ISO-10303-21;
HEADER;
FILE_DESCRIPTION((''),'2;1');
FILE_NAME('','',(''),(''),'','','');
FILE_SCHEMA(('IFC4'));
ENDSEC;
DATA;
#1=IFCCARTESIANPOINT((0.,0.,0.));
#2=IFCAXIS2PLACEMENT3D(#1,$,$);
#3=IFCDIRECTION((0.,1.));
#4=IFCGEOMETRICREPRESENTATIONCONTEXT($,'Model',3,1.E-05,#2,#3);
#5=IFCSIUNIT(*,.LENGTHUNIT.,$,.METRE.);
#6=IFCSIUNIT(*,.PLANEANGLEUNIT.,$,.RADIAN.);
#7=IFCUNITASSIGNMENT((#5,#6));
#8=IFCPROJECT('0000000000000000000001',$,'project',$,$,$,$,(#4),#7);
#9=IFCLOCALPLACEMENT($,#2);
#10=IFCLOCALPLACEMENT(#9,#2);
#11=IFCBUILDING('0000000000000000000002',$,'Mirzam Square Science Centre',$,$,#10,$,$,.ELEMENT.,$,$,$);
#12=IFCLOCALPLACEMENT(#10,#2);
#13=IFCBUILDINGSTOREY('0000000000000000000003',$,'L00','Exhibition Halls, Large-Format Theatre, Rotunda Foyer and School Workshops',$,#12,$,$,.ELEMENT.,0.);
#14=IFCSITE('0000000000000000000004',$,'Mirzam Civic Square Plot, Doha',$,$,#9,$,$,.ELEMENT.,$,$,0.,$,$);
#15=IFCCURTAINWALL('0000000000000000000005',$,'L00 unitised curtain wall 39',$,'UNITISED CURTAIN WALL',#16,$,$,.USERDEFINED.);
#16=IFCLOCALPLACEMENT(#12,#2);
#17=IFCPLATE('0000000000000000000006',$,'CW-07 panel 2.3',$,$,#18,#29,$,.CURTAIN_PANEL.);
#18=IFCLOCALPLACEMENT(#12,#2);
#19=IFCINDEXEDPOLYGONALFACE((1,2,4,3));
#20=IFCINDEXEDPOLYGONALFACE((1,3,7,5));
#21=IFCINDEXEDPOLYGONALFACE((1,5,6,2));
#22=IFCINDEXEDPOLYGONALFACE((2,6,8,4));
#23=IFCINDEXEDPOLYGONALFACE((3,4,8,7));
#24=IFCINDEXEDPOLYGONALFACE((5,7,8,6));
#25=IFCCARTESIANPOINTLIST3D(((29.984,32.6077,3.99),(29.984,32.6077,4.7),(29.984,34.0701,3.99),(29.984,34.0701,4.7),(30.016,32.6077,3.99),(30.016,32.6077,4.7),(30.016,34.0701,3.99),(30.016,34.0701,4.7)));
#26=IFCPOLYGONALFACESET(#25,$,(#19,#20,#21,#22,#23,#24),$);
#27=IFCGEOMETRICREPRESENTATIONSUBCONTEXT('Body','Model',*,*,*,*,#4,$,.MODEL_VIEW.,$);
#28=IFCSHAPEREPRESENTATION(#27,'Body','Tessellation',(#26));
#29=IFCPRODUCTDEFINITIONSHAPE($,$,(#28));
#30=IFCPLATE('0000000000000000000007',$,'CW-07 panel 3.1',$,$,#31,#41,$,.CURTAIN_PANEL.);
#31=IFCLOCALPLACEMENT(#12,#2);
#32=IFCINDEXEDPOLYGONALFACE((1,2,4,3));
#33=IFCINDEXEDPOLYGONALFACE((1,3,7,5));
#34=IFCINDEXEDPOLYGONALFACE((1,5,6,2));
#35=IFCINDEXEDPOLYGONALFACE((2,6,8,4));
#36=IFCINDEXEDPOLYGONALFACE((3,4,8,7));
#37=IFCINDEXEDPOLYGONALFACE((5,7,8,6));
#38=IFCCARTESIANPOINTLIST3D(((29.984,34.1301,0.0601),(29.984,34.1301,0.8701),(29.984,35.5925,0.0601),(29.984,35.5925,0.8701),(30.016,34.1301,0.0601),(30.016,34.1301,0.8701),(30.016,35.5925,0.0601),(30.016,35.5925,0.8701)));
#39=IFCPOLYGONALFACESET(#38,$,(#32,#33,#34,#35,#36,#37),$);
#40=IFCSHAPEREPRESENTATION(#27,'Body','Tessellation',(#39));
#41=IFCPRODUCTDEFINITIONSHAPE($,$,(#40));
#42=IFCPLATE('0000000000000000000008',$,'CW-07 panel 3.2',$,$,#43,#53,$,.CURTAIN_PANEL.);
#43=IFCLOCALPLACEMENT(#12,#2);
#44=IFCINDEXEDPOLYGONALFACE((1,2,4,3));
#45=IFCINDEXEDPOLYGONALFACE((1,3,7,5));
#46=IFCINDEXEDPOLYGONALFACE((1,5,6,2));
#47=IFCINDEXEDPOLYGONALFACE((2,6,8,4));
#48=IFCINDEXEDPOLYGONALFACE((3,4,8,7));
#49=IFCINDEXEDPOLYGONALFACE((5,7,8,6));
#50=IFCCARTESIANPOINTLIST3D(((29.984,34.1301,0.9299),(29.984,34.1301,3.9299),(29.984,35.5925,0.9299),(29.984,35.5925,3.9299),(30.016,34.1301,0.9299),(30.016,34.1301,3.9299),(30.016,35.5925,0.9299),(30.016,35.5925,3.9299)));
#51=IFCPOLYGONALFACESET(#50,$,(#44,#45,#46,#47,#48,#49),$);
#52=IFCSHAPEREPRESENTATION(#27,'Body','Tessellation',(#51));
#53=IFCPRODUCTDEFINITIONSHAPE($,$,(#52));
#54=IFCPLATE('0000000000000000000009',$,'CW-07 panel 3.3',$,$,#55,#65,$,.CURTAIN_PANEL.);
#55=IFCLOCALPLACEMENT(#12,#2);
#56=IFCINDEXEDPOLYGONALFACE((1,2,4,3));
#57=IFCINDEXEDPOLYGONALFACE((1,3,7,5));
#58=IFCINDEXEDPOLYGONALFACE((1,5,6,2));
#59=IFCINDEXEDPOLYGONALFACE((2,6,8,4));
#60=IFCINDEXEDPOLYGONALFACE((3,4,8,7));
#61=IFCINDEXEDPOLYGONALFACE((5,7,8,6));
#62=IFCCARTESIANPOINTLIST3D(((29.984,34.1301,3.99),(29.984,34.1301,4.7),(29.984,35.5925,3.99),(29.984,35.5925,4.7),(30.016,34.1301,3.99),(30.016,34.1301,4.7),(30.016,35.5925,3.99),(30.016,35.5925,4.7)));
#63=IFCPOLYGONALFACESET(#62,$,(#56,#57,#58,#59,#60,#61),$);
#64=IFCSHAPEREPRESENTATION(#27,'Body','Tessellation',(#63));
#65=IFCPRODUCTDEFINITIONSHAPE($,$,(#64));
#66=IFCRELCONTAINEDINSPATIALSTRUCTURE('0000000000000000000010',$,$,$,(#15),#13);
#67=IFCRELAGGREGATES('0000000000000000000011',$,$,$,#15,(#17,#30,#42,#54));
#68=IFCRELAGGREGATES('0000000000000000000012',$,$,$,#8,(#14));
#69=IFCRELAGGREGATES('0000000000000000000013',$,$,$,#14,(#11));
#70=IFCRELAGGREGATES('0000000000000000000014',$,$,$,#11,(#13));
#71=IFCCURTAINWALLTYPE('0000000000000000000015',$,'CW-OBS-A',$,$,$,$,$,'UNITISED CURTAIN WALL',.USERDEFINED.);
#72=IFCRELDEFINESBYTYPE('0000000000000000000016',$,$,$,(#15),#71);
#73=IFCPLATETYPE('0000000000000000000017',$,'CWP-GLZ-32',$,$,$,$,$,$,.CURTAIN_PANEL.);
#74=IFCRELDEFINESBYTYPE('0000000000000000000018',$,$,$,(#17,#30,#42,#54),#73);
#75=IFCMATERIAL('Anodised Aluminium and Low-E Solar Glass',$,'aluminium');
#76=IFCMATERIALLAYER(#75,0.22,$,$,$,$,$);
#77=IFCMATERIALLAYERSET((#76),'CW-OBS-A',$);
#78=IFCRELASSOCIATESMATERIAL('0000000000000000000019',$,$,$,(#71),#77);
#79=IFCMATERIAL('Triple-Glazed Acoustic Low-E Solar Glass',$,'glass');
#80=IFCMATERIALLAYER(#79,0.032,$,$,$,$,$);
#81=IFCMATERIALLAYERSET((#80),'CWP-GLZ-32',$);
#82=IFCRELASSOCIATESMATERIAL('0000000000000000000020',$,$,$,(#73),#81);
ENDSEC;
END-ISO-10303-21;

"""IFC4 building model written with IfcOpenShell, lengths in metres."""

from ifc_helpers import new_model, si_unit, direction, frame, origin, origin_2d, place, context, subcontext, project, spatial, rectangle, extrude, material, layer, layer_set, type_object, element, aggregate, save


model = new_model("IFC4")

# Units and contexts
model_context = context("Model", 3, precision=1e-05, world=origin(), true_north=direction((0.0, 1.0)))
body_context = subcontext(model_context, "Body", "Model", "MODEL_VIEW")
ifc_project = project(units=[si_unit("LENGTHUNIT", "METRE"), si_unit("PLANEANGLEUNIT", "RADIAN")], contexts=[model_context])

# Site, building, storey
site_placement = place(None, origin())
site = spatial("IfcSite", under=ifc_project, at=site_placement, Name="Mirzam Civic Square Plot, Doha", CompositionType="ELEMENT", RefElevation=0.0)
building_placement = place(site_placement, origin())
building = spatial("IfcBuilding", under=site, at=building_placement, Name="Mirzam Square Science Centre", CompositionType="ELEMENT")
storey_placement = place(building_placement, origin())
storey = spatial("IfcBuildingStorey", under=building, at=storey_placement, Name="L00", Description="Exhibition Halls, Large-Format Theatre, Rotunda Foyer and School Workshops", CompositionType="ELEMENT", Elevation=0.0)

# Curtain wall
ifc_material_1 = material(Name="Anodised Aluminium and Low-E Solar Glass", Category="aluminium")
ifc_layer_1 = layer(ifc_material_1, 0.22)
ifc_layer_set_1 = layer_set([ifc_layer_1], Name="CW-OBS-A")
curtain_wall_type = type_object("IfcCurtainWallType", Name="CW-OBS-A", ElementType="UNITISED CURTAIN WALL", PredefinedType="USERDEFINED", material=ifc_layer_set_1)
curtain_wall_placement = place(storey_placement, origin())
curtain_wall = element("IfcCurtainWall", 1, at=curtain_wall_placement, inside=storey, type_object=curtain_wall_type, Name="L00 unitised curtain wall 39", ObjectType="UNITISED CURTAIN WALL", PredefinedType="USERDEFINED")

# Plates
ifc_material_2 = material(Name="Triple-Glazed Acoustic Low-E Solar Glass", Category="glass")
ifc_layer_2 = layer(ifc_material_2, 0.032)
ifc_layer_set_2 = layer_set([ifc_layer_2], Name="CWP-GLZ-32")
plate_type = type_object("IfcPlateType", Name="CWP-GLZ-32", PredefinedType="CURTAIN_PANEL", material=ifc_layer_set_2)
plate_1_placement = place(storey_placement, frame((30.0, 33.3389, 3.99), z_axis=(0.0, 0.0, 1.0), x_axis=(0.0, 1.0, 0.0)))
plate_1 = element("IfcPlate", 2, at=plate_1_placement, type_object=plate_type, Name="CW-07 panel 2.3", PredefinedType="CURTAIN_PANEL", context=body_context, shape_type="SweptSolid", body=[
    extrude(rectangle(XDim=1.4624, YDim=0.032, at=origin_2d()), origin(), (0.0, 0.0, 1.0), 0.71),
])
plate_2_placement = place(storey_placement, frame((30.0, 34.8613, 0.0601), z_axis=(0.0, 0.0, 1.0), x_axis=(0.0, 1.0, 0.0)))
plate_2 = element("IfcPlate", 3, at=plate_2_placement, type_object=plate_type, Name="CW-07 panel 3.1", PredefinedType="CURTAIN_PANEL", context=body_context, shape_type="SweptSolid", body=[
    extrude(rectangle(XDim=1.4624, YDim=0.032, at=origin_2d()), origin(), (0.0, 0.0, 1.0), 0.8101),
])
plate_3_placement = place(storey_placement, frame((30.0, 34.8613, 0.9299), z_axis=(0.0, 0.0, 1.0), x_axis=(0.0, 1.0, 0.0)))
plate_3 = element("IfcPlate", 4, at=plate_3_placement, type_object=plate_type, Name="CW-07 panel 3.2", PredefinedType="CURTAIN_PANEL", context=body_context, shape_type="SweptSolid", body=[
    extrude(rectangle(XDim=1.4624, YDim=0.032, at=origin_2d()), origin(), (0.0, 0.0, 1.0), 3.0),
])
plate_4_placement = place(storey_placement, frame((30.0, 34.8613, 3.99), z_axis=(0.0, 0.0, 1.0), x_axis=(0.0, 1.0, 0.0)))
plate_4 = element("IfcPlate", 5, at=plate_4_placement, type_object=plate_type, Name="CW-07 panel 3.3", PredefinedType="CURTAIN_PANEL", context=body_context, shape_type="SweptSolid", body=[
    extrude(rectangle(XDim=1.4624, YDim=0.032, at=origin_2d()), origin(), (0.0, 0.0, 1.0), 0.71),
])
aggregate(curtain_wall, [plate_1, plate_2, plate_3, plate_4])

save(model, "model.ifc")
